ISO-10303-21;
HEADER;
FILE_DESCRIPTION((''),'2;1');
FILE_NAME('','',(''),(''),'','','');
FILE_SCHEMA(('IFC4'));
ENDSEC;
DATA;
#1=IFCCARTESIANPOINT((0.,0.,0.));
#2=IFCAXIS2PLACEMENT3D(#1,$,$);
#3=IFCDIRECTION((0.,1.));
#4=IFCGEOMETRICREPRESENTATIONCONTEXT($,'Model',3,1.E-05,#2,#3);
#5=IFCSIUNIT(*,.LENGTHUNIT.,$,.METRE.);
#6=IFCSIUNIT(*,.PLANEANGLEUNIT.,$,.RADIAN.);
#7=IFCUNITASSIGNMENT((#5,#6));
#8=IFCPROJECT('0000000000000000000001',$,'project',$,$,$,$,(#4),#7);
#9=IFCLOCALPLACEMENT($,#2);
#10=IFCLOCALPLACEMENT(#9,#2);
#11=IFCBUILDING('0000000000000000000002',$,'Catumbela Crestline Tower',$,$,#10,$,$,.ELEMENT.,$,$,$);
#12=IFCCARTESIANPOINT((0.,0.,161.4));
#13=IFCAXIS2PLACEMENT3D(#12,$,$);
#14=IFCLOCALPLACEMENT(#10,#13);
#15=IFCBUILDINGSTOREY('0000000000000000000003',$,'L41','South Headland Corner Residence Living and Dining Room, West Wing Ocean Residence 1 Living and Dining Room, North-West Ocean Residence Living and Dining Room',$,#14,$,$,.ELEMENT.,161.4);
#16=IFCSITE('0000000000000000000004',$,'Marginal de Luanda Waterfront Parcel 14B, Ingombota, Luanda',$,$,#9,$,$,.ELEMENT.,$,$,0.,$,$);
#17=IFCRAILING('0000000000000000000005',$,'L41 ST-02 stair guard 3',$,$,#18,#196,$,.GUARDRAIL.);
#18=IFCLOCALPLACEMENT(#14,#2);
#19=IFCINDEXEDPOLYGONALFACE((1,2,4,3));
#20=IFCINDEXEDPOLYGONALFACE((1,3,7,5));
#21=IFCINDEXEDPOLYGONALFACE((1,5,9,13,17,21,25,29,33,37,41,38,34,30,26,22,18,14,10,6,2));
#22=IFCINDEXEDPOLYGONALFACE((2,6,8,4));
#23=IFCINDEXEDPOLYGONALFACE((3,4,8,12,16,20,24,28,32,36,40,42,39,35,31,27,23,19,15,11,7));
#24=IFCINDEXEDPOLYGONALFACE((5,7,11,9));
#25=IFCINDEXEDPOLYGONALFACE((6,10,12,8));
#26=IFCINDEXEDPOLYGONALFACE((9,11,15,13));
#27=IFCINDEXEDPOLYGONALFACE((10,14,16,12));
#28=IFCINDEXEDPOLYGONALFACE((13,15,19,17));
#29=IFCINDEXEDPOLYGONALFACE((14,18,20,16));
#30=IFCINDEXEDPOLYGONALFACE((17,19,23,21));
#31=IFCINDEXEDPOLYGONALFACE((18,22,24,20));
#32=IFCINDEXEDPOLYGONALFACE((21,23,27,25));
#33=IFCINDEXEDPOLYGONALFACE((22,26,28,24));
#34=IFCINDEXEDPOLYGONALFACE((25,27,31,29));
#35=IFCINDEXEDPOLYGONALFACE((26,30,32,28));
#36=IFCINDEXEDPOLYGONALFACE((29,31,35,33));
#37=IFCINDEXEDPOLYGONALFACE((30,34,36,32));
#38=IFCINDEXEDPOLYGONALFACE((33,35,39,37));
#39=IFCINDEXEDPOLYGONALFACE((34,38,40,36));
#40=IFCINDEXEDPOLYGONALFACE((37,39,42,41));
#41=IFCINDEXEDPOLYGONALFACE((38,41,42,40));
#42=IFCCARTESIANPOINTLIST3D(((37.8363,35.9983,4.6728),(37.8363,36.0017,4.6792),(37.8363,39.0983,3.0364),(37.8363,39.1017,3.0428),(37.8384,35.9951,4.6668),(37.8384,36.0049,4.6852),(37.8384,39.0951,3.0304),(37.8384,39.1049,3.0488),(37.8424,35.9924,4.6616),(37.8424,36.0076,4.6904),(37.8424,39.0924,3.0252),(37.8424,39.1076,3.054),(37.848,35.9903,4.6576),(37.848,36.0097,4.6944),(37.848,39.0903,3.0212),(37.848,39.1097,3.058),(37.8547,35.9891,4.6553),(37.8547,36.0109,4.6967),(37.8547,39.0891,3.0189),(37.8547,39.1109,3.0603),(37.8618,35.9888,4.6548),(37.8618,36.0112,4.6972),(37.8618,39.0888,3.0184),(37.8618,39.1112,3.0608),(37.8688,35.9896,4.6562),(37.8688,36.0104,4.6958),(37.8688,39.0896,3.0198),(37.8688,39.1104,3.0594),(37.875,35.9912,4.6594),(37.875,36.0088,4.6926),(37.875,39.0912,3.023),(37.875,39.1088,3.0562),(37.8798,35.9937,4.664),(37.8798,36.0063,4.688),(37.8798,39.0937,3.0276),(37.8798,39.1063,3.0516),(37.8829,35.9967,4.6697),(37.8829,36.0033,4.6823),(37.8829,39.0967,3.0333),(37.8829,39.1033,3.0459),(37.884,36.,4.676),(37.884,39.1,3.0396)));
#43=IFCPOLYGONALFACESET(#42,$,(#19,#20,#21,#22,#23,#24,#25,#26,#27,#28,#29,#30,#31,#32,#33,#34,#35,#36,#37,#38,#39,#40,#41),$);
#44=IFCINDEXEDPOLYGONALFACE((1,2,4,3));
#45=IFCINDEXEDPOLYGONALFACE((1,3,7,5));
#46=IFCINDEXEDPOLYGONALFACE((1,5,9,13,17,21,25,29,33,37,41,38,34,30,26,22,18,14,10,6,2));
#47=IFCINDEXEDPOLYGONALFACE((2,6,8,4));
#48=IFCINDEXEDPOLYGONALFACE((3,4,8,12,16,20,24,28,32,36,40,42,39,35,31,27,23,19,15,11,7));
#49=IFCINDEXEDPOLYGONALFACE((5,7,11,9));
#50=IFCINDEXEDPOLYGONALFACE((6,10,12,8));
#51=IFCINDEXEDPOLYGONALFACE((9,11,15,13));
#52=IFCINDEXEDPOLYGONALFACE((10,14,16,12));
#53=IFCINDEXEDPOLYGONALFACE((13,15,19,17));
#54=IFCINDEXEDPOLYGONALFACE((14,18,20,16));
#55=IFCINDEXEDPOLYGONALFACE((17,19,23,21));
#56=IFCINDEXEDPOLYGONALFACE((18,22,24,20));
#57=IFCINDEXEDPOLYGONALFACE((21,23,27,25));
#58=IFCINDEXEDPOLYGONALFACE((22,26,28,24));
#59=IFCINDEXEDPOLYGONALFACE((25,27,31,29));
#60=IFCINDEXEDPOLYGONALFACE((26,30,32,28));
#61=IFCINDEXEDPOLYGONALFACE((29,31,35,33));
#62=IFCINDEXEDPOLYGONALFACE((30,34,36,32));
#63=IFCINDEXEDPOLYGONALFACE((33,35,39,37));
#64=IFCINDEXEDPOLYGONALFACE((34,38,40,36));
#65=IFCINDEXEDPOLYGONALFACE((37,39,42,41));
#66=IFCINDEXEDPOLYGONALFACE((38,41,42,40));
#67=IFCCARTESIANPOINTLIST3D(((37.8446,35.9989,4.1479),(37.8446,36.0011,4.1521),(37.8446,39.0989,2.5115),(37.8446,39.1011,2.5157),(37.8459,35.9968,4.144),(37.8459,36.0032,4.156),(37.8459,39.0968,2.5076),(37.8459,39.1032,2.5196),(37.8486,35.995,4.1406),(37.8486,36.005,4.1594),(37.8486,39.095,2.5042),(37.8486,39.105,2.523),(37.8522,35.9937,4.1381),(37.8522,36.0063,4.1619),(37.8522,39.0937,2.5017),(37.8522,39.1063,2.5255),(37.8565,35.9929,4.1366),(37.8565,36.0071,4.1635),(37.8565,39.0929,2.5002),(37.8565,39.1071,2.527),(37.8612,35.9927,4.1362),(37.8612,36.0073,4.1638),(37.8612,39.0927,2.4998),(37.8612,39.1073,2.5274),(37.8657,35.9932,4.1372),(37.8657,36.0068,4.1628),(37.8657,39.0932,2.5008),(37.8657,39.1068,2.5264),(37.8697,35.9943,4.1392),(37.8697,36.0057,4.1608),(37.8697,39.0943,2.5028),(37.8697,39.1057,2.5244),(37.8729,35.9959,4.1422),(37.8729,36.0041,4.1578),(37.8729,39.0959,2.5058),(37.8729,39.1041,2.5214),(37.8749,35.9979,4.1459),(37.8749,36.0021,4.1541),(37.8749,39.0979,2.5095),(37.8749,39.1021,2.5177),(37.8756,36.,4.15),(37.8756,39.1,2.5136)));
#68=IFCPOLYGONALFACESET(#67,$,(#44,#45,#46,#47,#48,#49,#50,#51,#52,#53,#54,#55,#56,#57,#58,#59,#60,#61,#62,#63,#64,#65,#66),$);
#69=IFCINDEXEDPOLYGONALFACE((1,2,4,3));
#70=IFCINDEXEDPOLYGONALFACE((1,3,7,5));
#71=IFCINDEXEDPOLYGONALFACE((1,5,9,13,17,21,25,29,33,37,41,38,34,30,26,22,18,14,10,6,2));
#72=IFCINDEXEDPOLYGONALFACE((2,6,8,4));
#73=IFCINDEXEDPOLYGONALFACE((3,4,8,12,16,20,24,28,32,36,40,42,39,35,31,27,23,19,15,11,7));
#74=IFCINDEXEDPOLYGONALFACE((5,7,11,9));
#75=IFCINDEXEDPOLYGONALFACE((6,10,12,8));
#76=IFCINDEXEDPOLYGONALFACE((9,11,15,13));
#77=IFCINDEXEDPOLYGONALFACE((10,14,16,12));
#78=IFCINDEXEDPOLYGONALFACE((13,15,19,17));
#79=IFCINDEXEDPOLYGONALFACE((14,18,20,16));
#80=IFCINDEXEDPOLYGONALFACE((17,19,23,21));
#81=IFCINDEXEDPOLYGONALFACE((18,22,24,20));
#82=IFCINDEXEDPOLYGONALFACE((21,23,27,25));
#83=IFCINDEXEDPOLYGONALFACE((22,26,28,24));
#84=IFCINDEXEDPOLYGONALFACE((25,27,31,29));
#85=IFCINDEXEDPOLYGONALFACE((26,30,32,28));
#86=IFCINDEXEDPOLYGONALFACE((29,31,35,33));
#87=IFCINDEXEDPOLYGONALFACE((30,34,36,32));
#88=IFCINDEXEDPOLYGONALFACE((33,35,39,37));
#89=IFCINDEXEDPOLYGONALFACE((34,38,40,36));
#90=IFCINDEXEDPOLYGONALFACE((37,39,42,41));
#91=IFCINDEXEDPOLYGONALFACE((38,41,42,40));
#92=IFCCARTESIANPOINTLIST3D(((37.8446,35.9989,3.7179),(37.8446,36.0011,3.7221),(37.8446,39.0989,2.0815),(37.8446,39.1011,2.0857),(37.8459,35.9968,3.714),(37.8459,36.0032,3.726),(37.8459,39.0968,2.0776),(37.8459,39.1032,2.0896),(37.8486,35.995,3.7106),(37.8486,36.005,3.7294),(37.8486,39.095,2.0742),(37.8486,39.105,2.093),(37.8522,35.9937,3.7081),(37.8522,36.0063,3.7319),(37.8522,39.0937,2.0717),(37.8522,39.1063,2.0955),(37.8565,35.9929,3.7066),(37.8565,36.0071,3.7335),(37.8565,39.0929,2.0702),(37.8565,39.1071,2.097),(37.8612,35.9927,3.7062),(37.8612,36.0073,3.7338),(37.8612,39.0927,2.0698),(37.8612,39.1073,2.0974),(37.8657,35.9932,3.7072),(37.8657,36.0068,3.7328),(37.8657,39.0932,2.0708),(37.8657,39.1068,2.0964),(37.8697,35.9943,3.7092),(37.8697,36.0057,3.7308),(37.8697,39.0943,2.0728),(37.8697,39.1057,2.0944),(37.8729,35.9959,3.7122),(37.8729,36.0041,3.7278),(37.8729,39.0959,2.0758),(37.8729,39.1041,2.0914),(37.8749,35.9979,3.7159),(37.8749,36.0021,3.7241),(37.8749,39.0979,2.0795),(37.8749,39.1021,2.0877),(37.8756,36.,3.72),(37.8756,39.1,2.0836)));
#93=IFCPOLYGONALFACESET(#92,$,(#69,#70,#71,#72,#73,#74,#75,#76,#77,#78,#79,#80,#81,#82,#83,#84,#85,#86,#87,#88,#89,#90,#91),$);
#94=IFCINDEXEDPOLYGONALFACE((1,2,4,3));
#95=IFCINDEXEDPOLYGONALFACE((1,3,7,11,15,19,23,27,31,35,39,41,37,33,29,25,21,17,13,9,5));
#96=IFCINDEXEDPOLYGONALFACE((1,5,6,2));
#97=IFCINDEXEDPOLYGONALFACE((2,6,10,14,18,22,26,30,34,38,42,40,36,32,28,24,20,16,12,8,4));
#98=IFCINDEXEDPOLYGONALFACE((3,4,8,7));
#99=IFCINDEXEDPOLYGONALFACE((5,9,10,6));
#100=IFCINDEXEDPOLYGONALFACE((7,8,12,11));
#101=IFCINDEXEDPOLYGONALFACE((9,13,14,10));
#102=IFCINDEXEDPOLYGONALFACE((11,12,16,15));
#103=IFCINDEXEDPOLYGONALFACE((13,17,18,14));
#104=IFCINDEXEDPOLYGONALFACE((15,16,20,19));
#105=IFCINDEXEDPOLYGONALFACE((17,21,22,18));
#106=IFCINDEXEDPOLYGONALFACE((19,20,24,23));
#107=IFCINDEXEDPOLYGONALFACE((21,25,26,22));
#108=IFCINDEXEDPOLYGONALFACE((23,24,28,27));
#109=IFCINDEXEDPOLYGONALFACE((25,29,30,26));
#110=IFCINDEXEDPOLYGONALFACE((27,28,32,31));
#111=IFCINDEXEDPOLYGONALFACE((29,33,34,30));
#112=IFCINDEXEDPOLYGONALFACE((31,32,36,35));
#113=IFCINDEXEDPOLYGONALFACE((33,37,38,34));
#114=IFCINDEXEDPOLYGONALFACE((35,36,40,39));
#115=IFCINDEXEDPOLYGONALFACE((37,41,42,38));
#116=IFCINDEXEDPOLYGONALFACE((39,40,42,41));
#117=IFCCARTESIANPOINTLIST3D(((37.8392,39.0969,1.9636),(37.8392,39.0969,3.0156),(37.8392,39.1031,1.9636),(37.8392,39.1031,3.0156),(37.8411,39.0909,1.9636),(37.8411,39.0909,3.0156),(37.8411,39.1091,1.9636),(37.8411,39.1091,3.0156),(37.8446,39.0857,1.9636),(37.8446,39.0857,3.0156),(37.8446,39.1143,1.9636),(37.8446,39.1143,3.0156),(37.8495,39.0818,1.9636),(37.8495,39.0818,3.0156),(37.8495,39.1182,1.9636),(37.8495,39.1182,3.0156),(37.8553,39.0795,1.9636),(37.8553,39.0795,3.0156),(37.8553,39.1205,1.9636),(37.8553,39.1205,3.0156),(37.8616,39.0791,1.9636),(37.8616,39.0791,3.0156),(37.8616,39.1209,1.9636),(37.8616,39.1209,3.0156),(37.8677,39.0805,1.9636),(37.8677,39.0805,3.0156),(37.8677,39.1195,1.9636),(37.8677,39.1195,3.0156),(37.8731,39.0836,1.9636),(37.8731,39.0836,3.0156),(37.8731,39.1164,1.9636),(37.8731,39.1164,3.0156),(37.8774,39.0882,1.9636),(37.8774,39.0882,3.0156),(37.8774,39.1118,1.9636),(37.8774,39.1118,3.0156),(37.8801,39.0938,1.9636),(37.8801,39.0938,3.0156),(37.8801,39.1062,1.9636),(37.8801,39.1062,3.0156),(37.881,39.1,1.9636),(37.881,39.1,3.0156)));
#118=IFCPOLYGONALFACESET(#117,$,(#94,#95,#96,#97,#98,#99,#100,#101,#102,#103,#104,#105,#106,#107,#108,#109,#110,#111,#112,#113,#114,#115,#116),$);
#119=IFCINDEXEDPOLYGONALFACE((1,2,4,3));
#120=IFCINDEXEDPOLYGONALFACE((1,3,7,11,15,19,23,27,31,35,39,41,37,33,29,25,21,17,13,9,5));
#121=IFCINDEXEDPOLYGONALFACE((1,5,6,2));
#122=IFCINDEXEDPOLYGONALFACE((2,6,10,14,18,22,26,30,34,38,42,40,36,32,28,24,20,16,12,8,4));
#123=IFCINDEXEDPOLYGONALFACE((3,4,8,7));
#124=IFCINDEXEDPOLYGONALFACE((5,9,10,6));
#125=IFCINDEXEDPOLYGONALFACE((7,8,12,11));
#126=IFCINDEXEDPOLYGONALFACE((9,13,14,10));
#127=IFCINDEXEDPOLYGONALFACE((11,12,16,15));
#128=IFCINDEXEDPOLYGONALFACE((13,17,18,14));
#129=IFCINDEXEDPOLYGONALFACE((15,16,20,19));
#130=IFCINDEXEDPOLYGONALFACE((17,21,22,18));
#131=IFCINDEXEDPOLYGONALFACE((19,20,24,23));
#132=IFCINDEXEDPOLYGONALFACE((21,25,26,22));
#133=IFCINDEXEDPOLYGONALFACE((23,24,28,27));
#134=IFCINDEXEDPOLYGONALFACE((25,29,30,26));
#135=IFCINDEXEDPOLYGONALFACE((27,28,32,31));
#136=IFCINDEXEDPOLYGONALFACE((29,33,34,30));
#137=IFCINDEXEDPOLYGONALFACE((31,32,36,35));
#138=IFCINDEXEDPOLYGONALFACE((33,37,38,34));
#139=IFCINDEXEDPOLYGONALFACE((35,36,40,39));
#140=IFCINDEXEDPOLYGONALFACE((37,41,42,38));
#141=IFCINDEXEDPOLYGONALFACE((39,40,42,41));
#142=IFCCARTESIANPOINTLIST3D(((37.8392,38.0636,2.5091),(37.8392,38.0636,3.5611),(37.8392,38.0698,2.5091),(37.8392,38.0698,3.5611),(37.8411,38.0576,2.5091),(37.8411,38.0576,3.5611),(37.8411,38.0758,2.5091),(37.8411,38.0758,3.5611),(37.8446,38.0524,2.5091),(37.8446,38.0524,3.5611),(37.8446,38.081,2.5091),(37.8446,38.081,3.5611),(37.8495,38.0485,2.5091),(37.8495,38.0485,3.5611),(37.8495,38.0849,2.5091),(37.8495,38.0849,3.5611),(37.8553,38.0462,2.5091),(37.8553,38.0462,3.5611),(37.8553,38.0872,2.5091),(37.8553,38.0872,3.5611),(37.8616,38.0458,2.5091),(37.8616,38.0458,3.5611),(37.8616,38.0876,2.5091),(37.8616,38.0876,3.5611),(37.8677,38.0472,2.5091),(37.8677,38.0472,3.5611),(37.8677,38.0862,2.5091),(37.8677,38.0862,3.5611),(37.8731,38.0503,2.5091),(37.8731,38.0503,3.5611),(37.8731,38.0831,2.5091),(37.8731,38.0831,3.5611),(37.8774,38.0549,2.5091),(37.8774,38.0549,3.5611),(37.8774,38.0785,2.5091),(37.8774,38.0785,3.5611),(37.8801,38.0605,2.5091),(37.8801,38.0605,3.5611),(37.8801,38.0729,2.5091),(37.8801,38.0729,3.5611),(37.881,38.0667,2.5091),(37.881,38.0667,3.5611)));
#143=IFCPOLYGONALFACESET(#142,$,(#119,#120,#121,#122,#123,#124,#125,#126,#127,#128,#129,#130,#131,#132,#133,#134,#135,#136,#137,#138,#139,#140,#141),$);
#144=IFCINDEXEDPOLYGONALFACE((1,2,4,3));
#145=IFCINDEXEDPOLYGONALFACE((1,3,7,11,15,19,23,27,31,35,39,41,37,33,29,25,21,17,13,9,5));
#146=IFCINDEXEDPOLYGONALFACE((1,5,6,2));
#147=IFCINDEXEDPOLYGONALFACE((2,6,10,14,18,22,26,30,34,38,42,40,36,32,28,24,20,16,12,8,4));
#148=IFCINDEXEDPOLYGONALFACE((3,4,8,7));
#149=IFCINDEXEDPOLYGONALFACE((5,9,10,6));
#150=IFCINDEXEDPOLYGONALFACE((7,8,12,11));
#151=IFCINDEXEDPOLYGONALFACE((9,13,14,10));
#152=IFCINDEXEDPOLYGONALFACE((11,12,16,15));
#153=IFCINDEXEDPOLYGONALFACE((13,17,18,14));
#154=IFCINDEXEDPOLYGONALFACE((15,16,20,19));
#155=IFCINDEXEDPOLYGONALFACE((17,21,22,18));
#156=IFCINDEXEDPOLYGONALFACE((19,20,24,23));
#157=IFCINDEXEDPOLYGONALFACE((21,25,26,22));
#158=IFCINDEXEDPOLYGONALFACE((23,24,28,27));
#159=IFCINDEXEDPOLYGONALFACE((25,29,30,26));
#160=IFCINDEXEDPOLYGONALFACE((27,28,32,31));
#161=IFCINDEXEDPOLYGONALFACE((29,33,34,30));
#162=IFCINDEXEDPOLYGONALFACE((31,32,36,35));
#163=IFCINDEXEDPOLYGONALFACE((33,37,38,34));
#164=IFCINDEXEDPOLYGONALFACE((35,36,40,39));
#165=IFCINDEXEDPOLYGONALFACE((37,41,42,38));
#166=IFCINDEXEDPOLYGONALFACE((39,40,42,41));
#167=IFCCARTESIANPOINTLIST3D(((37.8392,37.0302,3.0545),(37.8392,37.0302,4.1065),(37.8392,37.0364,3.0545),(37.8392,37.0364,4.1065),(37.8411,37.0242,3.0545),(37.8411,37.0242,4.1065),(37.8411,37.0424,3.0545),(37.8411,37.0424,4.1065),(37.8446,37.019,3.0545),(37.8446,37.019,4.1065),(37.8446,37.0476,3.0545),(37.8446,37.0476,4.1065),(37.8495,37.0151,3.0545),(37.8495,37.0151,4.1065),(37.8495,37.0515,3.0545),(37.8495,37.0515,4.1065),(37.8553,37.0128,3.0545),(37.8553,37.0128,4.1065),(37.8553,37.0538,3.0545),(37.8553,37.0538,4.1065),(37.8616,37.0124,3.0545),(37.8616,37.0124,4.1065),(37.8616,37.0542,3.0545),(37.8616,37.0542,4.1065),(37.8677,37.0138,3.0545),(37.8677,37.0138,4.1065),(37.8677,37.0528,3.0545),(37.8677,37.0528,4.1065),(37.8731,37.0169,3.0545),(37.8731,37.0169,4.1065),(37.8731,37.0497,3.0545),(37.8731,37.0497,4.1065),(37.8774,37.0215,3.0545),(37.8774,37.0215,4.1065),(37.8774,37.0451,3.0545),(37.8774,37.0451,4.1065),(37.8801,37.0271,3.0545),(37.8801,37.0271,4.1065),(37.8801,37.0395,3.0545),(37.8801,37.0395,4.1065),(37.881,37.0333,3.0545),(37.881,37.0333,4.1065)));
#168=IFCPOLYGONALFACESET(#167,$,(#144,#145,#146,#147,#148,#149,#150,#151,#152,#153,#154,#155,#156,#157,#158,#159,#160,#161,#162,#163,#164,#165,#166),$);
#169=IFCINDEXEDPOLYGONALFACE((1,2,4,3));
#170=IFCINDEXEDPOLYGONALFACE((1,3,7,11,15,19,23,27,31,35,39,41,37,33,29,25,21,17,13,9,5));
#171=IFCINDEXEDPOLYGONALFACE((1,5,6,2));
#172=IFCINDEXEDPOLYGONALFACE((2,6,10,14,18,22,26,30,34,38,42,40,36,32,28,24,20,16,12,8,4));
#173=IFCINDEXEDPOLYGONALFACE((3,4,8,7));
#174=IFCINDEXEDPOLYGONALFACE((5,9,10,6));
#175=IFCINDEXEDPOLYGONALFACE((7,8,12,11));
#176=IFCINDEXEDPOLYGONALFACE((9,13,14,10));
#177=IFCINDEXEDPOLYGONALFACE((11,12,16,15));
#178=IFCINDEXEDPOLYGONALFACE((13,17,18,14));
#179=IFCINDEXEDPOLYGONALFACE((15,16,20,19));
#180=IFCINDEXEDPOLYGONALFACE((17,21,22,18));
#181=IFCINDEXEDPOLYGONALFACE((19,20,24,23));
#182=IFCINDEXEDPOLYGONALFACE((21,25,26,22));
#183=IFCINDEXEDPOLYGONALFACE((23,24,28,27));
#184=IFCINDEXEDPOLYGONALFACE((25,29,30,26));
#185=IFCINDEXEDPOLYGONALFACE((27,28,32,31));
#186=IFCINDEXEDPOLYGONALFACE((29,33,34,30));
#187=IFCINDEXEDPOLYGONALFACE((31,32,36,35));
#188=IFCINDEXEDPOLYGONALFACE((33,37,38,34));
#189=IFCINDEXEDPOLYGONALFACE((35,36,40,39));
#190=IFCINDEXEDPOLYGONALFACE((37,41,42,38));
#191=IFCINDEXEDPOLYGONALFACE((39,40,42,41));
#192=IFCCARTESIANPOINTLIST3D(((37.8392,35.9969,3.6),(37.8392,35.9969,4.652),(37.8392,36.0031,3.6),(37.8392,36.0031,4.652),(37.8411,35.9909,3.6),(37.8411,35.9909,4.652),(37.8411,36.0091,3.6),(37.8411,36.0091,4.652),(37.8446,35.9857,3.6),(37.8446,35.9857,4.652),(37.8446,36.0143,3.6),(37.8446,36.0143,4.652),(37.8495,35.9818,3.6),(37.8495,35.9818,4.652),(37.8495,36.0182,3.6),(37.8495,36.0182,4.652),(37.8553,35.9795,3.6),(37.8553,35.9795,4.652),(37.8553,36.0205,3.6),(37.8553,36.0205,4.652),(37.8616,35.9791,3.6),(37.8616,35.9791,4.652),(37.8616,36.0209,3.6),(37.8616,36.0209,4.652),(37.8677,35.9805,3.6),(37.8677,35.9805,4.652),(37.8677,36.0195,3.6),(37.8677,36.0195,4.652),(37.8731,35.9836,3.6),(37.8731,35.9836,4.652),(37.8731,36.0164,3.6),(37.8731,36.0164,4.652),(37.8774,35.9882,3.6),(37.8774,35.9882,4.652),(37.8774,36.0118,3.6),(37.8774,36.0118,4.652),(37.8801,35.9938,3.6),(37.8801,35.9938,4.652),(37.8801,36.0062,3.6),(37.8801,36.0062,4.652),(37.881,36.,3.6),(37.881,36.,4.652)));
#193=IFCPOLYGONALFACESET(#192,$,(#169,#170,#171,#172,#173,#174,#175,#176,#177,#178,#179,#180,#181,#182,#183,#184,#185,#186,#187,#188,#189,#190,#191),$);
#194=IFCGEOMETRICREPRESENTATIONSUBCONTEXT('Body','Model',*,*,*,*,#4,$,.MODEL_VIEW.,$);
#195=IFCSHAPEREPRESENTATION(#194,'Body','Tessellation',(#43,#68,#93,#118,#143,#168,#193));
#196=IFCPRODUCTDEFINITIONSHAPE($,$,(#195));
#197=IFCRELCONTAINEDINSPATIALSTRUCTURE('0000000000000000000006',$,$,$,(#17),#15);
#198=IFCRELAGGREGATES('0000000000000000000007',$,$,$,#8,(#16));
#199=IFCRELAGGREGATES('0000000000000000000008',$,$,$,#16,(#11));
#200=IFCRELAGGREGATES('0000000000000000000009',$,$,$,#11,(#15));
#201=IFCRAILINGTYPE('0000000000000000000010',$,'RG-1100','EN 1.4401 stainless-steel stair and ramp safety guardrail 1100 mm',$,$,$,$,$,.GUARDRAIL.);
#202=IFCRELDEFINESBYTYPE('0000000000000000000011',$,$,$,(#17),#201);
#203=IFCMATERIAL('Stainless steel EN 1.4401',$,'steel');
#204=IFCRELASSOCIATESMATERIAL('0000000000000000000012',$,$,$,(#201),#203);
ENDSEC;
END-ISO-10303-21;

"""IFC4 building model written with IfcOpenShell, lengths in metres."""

from ifc_helpers import new_model, si_unit, direction, frame, origin, origin_2d, place, context, subcontext, project, spatial, circle, extrude, material, type_object, element, save


model = new_model("IFC4")

# Units and contexts
model_context = context("Model", 3, precision=1e-05, world=origin(), true_north=direction((0.0, 1.0)))
body_context = subcontext(model_context, "Body", "Model", "MODEL_VIEW")
ifc_project = project(units=[si_unit("LENGTHUNIT", "METRE"), si_unit("PLANEANGLEUNIT", "RADIAN")], contexts=[model_context])

# Site, building, storey
site_placement = place(None, origin())
site = spatial("IfcSite", under=ifc_project, at=site_placement, Name="Marginal de Luanda Waterfront Parcel 14B, Ingombota, Luanda", CompositionType="ELEMENT", RefElevation=0.0)
building_placement = place(site_placement, origin())
building = spatial("IfcBuilding", under=site, at=building_placement, Name="Catumbela Crestline Tower", CompositionType="ELEMENT")
storey_placement = place(building_placement, frame((0.0, 0.0, 161.4)))
storey = spatial("IfcBuildingStorey", under=building, at=storey_placement, Name="L41", Description="South Headland Corner Residence Living and Dining Room, West Wing Ocean Residence 1 Living and Dining Room, North-West Ocean Residence Living and Dining Room", CompositionType="ELEMENT", Elevation=161.4)

# Shared definitions
ifc_material_1 = material(Name="Stainless steel EN 1.4401", Category="steel")

# Railing
railing_type_1 = type_object("IfcRailingType", Name="RG-1100", Description="EN 1.4401 stainless-steel stair and ramp safety guardrail 1100 mm", PredefinedType="GUARDRAIL", material=ifc_material_1)
railing_1_placement = place(storey_placement, frame((37.86, 39.1, 1.9636)))
element("IfcRailing", 1, at=railing_1_placement, inside=storey, type_object=railing_type_1, Name="L41 ST-02 stair guard 3", PredefinedType="GUARDRAIL", context=body_context, shape_type="SweptSolid", body=[
    extrude(circle(Radius=0.024, at=origin_2d()), frame((0.0, 0.0, 1.076), z_axis=(0.0, -0.884351, 0.466823), x_axis=(1.0, 0.0, 0.0)), (0.0, 0.0, 1.0), 3.5054),
    extrude(circle(Radius=0.0156, at=origin_2d()), frame((0.0, 0.0, 0.55), z_axis=(0.0, -0.884351, 0.466823), x_axis=(1.0, 0.0, 0.0)), (0.0, 0.0, 1.0), 3.5054),
    extrude(circle(Radius=0.0156, at=origin_2d()), frame((0.0, 0.0, 0.12), z_axis=(0.0, -0.884351, 0.466823), x_axis=(1.0, 0.0, 0.0)), (0.0, 0.0, 1.0), 3.5054),
    extrude(circle(Radius=0.021, at=origin_2d()), origin(), (0.0, 0.0, 1.0), 1.052),
    extrude(circle(Radius=0.021, at=origin_2d()), frame((0.0, -1.0333, 0.5455)), (0.0, 0.0, 1.0), 1.052),
    extrude(circle(Radius=0.021, at=origin_2d()), frame((0.0, -2.0667, 1.0909)), (0.0, 0.0, 1.0), 1.052),
    extrude(circle(Radius=0.021, at=origin_2d()), frame((0.0, -3.1, 1.6364)), (0.0, 0.0, 1.0), 1.052),
])

save(model, "model.ifc")
